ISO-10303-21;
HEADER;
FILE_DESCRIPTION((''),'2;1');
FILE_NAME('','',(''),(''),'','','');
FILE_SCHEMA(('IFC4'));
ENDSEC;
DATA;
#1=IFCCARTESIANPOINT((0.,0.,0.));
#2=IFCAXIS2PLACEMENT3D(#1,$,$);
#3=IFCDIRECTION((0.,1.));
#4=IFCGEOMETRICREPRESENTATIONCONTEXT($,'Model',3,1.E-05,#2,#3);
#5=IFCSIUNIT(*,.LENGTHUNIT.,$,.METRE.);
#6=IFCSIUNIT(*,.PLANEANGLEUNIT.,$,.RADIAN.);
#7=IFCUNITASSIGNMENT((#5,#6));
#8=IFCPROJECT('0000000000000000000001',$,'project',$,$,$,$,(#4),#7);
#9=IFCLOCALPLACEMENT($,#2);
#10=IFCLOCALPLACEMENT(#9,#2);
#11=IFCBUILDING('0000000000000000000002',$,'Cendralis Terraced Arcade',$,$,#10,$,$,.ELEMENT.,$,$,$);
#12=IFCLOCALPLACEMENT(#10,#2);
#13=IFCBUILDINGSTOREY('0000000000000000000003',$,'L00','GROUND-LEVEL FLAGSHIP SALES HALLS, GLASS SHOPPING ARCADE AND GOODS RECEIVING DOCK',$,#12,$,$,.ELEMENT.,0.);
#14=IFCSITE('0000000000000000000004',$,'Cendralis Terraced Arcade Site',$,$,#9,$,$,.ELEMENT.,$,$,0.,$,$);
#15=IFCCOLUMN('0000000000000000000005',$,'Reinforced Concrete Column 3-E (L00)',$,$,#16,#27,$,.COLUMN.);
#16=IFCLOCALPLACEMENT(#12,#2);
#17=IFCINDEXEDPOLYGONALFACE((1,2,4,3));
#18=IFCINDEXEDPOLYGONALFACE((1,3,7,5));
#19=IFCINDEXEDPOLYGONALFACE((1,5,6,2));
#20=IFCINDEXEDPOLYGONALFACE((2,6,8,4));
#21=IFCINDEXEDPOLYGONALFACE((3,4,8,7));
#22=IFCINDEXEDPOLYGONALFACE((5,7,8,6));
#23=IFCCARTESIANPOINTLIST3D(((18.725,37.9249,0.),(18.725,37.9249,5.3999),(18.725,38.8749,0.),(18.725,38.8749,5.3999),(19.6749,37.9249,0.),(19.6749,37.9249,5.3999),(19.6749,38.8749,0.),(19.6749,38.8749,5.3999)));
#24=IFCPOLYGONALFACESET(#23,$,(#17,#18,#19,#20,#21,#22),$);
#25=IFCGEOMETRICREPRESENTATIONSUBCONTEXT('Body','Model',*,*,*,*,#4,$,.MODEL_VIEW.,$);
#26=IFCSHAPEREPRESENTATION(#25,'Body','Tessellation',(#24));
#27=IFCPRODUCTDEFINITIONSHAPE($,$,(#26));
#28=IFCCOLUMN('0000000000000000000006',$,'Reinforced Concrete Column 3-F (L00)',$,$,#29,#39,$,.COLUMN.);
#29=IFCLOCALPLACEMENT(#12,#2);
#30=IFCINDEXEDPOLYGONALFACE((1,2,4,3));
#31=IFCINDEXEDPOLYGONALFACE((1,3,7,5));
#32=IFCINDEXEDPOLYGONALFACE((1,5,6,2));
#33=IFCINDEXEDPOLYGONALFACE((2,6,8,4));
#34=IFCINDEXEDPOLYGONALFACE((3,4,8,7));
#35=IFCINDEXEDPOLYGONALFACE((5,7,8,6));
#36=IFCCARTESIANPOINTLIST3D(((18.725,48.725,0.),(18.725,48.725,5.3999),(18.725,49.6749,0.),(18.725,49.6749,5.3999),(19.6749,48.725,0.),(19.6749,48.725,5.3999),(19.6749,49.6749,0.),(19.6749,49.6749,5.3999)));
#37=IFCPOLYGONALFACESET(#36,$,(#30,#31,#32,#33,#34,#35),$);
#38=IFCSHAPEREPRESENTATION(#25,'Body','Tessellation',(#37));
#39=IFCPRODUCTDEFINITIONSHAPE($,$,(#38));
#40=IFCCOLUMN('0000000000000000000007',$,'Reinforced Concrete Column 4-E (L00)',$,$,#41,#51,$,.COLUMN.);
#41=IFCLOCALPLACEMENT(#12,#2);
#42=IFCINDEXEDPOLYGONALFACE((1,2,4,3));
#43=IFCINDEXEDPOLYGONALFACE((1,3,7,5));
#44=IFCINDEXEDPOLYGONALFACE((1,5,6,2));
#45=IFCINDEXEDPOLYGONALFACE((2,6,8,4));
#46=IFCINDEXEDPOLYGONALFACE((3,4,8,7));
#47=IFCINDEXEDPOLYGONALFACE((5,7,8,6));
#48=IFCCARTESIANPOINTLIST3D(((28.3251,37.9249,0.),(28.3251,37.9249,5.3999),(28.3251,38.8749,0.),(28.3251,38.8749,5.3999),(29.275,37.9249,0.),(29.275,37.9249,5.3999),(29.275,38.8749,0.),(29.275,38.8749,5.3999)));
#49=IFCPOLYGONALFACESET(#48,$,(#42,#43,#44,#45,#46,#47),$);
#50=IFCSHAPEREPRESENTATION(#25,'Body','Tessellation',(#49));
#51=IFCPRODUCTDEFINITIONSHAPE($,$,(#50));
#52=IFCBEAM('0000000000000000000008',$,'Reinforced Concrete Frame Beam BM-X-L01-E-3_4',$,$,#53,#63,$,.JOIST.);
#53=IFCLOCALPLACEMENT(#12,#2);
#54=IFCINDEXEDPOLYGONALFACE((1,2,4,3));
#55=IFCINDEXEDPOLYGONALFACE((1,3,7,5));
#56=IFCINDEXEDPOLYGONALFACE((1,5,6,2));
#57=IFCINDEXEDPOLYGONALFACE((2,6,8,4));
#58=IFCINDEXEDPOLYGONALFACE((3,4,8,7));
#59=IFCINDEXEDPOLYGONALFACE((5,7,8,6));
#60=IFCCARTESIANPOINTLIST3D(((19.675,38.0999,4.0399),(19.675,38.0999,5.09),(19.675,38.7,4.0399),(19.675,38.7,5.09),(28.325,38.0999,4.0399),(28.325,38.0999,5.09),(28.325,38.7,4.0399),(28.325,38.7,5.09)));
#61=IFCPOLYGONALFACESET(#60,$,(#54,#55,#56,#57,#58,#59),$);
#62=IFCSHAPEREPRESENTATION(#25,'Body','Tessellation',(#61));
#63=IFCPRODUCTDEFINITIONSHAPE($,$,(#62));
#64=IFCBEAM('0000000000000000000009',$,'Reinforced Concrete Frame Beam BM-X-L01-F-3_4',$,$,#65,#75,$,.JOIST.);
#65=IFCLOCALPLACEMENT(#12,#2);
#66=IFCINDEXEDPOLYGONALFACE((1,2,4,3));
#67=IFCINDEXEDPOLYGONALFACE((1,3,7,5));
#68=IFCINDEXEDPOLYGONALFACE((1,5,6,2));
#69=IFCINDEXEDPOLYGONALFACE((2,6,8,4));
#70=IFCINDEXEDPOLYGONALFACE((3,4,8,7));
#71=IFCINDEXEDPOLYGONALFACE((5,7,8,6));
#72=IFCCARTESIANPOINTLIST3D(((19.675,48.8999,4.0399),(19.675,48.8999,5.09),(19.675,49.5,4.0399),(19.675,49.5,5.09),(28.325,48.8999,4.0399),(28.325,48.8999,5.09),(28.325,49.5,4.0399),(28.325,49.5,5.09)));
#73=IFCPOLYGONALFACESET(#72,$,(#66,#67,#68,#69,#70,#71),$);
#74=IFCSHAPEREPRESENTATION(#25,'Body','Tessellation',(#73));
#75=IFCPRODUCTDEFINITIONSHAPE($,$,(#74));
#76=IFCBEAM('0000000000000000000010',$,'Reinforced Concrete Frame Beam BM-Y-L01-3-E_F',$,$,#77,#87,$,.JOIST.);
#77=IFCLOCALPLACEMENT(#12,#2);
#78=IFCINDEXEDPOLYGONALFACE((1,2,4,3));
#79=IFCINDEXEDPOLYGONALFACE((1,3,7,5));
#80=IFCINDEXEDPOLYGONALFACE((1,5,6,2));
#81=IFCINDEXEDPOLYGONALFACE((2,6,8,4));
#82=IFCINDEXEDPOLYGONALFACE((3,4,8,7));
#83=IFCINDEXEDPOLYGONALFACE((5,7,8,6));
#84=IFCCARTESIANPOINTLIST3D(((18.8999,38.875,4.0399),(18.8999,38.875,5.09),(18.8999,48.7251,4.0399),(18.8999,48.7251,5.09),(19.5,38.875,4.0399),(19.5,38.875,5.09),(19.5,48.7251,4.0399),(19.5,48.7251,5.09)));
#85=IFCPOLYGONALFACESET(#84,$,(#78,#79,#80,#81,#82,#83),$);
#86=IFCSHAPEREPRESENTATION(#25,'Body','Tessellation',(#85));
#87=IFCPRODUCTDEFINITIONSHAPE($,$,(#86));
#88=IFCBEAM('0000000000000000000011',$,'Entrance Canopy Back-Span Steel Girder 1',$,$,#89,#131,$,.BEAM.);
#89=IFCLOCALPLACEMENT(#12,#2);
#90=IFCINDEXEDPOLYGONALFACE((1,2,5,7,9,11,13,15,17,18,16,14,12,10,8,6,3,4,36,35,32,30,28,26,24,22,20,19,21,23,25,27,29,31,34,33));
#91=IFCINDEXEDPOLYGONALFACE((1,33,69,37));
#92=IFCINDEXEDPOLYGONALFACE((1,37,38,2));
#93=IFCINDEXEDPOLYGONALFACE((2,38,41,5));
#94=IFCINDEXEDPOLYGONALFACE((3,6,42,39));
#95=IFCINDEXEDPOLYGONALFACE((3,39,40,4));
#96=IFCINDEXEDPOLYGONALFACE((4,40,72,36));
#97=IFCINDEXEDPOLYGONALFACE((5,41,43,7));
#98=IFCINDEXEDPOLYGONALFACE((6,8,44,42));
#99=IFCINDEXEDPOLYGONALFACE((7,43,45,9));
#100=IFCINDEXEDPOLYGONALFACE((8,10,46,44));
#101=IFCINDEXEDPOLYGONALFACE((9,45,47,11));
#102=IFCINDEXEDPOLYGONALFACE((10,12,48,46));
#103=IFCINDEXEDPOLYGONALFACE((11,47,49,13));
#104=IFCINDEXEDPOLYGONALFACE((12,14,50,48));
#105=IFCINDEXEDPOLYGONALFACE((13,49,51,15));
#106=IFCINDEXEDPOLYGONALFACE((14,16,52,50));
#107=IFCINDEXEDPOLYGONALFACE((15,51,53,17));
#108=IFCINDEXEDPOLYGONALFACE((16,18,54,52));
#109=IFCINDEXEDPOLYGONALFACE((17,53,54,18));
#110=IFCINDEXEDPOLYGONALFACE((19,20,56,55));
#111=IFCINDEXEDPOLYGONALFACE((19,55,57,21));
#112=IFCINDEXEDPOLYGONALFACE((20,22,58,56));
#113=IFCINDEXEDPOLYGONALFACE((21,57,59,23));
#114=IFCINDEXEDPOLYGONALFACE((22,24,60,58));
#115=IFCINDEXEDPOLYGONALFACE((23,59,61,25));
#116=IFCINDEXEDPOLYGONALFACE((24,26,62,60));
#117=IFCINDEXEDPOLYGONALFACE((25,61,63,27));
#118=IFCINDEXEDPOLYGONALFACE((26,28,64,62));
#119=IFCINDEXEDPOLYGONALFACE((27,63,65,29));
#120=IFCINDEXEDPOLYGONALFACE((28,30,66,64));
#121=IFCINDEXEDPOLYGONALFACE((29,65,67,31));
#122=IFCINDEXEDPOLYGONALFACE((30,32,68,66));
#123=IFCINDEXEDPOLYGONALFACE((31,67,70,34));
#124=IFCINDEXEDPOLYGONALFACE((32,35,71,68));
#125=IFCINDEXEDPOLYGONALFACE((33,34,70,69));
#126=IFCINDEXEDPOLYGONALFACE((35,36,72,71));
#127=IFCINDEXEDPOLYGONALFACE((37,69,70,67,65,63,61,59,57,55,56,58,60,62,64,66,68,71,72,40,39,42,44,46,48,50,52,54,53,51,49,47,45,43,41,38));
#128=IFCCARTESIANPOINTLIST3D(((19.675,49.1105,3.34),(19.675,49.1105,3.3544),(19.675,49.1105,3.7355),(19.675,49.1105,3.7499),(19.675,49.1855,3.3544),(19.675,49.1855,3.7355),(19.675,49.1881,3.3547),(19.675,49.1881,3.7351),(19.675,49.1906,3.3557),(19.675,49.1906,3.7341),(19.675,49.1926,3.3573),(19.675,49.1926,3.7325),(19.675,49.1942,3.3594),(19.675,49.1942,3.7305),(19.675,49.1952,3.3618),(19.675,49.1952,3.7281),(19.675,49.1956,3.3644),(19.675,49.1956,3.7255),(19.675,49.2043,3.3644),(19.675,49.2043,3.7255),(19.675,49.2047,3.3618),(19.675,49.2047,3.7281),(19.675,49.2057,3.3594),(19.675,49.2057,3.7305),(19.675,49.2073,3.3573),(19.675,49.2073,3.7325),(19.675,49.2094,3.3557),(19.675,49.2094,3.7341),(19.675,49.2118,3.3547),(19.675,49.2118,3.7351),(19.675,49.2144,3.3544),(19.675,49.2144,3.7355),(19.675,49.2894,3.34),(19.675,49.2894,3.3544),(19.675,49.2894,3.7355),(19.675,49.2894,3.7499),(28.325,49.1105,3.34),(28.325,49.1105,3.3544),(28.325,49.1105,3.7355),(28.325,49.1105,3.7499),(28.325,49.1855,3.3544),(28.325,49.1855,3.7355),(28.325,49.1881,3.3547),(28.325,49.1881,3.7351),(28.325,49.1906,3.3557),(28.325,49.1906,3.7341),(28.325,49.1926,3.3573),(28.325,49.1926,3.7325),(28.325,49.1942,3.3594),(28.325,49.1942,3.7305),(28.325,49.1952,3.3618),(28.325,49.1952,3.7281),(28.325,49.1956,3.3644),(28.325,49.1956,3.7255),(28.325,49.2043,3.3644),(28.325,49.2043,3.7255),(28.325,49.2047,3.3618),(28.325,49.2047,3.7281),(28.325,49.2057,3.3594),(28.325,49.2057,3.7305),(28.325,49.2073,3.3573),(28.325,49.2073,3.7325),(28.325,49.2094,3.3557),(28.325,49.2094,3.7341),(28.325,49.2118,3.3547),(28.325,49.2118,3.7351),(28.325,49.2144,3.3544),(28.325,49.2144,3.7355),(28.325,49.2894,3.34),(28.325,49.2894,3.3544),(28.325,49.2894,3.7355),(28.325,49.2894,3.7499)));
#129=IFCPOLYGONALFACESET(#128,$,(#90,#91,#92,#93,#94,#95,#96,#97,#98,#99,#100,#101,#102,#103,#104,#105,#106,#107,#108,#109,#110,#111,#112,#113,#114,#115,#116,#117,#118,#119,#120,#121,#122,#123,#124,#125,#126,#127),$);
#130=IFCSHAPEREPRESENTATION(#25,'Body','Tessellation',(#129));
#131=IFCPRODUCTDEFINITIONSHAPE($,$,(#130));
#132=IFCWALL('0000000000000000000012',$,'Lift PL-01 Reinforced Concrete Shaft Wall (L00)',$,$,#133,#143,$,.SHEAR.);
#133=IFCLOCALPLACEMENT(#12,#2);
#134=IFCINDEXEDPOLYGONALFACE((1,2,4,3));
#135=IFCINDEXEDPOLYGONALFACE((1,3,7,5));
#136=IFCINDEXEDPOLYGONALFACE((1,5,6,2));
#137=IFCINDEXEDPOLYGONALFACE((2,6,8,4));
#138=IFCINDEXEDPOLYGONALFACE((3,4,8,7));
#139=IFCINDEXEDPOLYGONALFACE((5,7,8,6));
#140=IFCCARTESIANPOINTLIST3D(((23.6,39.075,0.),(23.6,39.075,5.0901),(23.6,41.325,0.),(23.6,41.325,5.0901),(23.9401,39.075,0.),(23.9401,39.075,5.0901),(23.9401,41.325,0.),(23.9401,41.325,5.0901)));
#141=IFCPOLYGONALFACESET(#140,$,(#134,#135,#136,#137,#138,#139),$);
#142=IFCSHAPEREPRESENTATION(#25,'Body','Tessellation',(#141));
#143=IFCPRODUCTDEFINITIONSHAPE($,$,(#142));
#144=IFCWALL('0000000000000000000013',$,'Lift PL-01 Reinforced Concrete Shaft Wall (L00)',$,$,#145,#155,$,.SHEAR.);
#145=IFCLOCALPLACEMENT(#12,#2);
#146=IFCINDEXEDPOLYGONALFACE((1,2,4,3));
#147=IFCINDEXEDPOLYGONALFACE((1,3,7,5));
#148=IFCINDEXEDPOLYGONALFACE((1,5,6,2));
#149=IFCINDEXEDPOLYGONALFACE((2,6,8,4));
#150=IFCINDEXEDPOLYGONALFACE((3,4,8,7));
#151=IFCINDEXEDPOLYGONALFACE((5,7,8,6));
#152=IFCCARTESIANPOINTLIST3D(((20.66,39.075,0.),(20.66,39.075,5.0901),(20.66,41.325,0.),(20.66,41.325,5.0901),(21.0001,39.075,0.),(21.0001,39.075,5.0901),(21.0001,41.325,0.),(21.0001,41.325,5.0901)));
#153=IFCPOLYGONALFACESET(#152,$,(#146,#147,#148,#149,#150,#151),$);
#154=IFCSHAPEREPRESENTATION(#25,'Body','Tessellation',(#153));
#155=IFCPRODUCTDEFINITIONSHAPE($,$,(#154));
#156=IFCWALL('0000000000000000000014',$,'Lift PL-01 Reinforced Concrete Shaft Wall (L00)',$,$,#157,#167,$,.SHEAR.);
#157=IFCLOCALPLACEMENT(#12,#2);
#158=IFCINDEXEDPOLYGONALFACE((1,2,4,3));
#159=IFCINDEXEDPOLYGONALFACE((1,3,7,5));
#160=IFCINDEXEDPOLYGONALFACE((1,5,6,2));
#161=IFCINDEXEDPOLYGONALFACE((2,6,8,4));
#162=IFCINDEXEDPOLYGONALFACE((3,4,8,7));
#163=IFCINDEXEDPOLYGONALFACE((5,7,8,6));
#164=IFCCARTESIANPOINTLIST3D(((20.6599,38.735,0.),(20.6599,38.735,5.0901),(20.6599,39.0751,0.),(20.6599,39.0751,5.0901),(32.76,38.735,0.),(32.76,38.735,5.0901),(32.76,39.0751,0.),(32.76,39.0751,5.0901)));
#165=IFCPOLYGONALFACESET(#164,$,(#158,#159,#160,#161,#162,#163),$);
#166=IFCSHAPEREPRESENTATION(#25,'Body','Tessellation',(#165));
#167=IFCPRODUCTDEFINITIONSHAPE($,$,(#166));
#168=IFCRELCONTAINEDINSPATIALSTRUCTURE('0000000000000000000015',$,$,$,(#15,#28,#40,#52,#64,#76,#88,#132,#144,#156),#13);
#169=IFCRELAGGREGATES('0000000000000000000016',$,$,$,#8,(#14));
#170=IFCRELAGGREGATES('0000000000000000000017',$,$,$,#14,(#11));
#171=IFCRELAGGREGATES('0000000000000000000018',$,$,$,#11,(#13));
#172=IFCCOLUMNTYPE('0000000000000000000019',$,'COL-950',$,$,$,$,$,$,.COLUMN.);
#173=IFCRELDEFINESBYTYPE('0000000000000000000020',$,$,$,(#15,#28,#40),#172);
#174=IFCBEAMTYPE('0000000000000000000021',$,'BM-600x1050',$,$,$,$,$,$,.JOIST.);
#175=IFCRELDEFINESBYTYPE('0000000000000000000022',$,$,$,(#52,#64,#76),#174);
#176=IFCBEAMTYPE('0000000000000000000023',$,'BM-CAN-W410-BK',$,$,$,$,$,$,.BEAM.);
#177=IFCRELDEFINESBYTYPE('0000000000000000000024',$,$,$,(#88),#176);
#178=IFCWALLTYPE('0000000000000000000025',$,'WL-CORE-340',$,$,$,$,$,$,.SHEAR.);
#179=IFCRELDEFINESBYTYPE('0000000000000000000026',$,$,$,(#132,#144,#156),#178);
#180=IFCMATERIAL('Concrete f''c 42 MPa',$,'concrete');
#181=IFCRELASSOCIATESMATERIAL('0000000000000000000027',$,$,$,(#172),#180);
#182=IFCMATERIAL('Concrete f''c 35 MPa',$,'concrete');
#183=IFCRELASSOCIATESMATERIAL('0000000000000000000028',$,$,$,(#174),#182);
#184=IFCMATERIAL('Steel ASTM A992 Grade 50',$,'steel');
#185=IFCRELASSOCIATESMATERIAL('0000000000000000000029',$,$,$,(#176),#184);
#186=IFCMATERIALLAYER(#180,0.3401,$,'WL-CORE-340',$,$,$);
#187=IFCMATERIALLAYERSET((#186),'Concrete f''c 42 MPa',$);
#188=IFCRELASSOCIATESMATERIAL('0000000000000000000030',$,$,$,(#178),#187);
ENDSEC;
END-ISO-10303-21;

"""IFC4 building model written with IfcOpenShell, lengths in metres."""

from ifc_helpers import new_model, si_unit, direction, frame, frame_2d, origin, origin_2d, place, context, subcontext, project, spatial, rectangle, i_section, extrude, material, layer, layer_set, material_profile, profile_set, type_object, element, save


model = new_model("IFC4")

# Units and contexts
model_context = context("Model", 3, precision=1e-05, world=origin(), true_north=direction((0.0, 1.0)))
body_context = subcontext(model_context, "Body", "Model", "MODEL_VIEW")
ifc_project = project(units=[si_unit("LENGTHUNIT", "METRE"), si_unit("PLANEANGLEUNIT", "RADIAN")], contexts=[model_context])

# Site, building, storey
site_placement = place(None, origin())
site = spatial("IfcSite", under=ifc_project, at=site_placement, Name="Cendralis Terraced Arcade Site", CompositionType="ELEMENT", RefElevation=0.0)
building_placement = place(site_placement, origin())
building = spatial("IfcBuilding", under=site, at=building_placement, Name="Cendralis Terraced Arcade", CompositionType="ELEMENT")
storey_placement = place(building_placement, origin())
storey = spatial("IfcBuildingStorey", under=building, at=storey_placement, Name="L00", Description="GROUND-LEVEL FLAGSHIP SALES HALLS, GLASS SHOPPING ARCADE AND GOODS RECEIVING DOCK", CompositionType="ELEMENT", Elevation=0.0)

# Columns
ifc_material_1 = material(Name="Concrete f'c 42 MPa", Category="concrete")
ifc_material_profile_1 = material_profile(ifc_material_1, rectangle(XDim=0.95, YDim=0.95, at=origin_2d()), Name="RC-COL-950x950", Category="LoadBearing")
ifc_profile_set_1 = profile_set([ifc_material_profile_1], Name="Concrete f'c 42 MPa")
column_type = type_object("IfcColumnType", Name="COL-950", PredefinedType="COLUMN", material=ifc_profile_set_1)
for number, where, z_axis, x_axis, name in (
    (1, (19.2, 38.3999, 0.0), (0.0, 0.0, 1.0), (1.0, 0.0, 0.0), "Reinforced Concrete Column 3-E (L00)"),
    (2, (19.2, 49.2, 0.0), (0.0, 0.0, 1.0), (1.0, 0.0, 0.0), "Reinforced Concrete Column 3-F (L00)"),
    (3, (28.8, 38.3999, 0.0), (0.0, 0.0, 1.0), (1.0, 0.0, 0.0), "Reinforced Concrete Column 4-E (L00)"),
):
    element("IfcColumn", number, at=place(storey_placement, frame(where, z_axis=z_axis, x_axis=x_axis)), inside=storey, type_object=column_type, Name=name, PredefinedType="COLUMN", context=body_context, shape_type="SweptSolid", body=[
        extrude(rectangle(XDim=0.95, YDim=0.95, at=origin_2d()), origin(), (0.0, 0.0, 1.0), 5.3999),
    ])

# Beams
ifc_material_2 = material(Name="Concrete f'c 35 MPa", Category="concrete")
ifc_material_profile_2 = material_profile(ifc_material_2, rectangle(XDim=0.6001, YDim=1.05, at=origin_2d()), Name="RC-BM-600x1050", Category="LoadBearing")
ifc_profile_set_2 = profile_set([ifc_material_profile_2], Name="Concrete f'c 35 MPa")
beam_type_1 = type_object("IfcBeamType", Name="BM-600x1050", PredefinedType="JOIST", material=ifc_profile_set_2)
for number, where, z_axis, x_axis, name in (
    (4, (19.675, 38.3999, 4.5649), (1.0, 0.0, 0.0), (0.0, 1.0, 0.0), "Reinforced Concrete Frame Beam BM-X-L01-E-3_4"),
    (5, (19.675, 49.2, 4.5649), (1.0, 0.0, 0.0), (0.0, 1.0, 0.0), "Reinforced Concrete Frame Beam BM-X-L01-F-3_4"),
):
    element("IfcBeam", number, at=place(storey_placement, frame(where, z_axis=z_axis, x_axis=x_axis)), inside=storey, type_object=beam_type_1, Name=name, PredefinedType="JOIST", context=body_context, shape_type="SweptSolid", body=[
        extrude(rectangle(XDim=0.6001, YDim=1.05, at=origin_2d()), origin(), (0.0, 0.0, 1.0), 8.6499),
    ])
beam_1_placement = place(storey_placement, frame((19.2, 38.875, 4.5649), z_axis=(0.0, 1.0, 0.0), x_axis=(-1.0, 0.0, 0.0)))
element("IfcBeam", 6, at=beam_1_placement, inside=storey, type_object=beam_type_1, Name="Reinforced Concrete Frame Beam BM-Y-L01-3-E_F", PredefinedType="JOIST", context=body_context, shape_type="SweptSolid", body=[
    extrude(rectangle(XDim=0.6001, YDim=1.05, at=origin_2d()), origin(), (0.0, 0.0, 1.0), 9.8501),
])
ifc_material_3 = material(Name="Steel ASTM A992 Grade 50", Category="steel")
ifc_material_profile_3 = material_profile(ifc_material_3, i_section(OverallWidth=0.179, OverallDepth=0.4099, WebThickness=0.0088, FlangeThickness=0.0144, FilletRadius=0.01, at=origin_2d()), Name="W410X67", Category="LoadBearing")
ifc_profile_set_3 = profile_set([ifc_material_profile_3], Name="Steel ASTM A992 Grade 50")
beam_type_2 = type_object("IfcBeamType", Name="BM-CAN-W410-BK", PredefinedType="BEAM", material=ifc_profile_set_3)
beam_2_placement = place(storey_placement, frame((28.325, 49.2, 3.5449), z_axis=(-1.0, 0.0, 0.0), x_axis=(0.0, -1.0, 0.0)))
element("IfcBeam", 7, at=beam_2_placement, inside=storey, type_object=beam_type_2, Name="Entrance Canopy Back-Span Steel Girder 1", PredefinedType="BEAM", context=body_context, shape_type="SweptSolid", body=[
    extrude(i_section(OverallWidth=0.179, OverallDepth=0.4099, WebThickness=0.0088, FlangeThickness=0.0144, FilletRadius=0.01, at=origin_2d()), origin(), (0.0, 0.0, 1.0), 8.6499),
])

# Walls
ifc_layer_1 = layer(ifc_material_1, 0.3401, Name="WL-CORE-340")
ifc_layer_set_1 = layer_set([ifc_layer_1], Name="Concrete f'c 42 MPa")
wall_type_1 = type_object("IfcWallType", Name="WL-CORE-340", PredefinedType="SHEAR", material=ifc_layer_set_1)
for number, where, z_axis, x_axis, name in (
    (8, (23.77, 39.075, 0.0), (0.0, 0.0, 1.0), (0.0, 1.0, 0.0), "Lift PL-01 Reinforced Concrete Shaft Wall (L00)"),
    (9, (20.8301, 39.075, 0.0), (0.0, 0.0, 1.0), (0.0, 1.0, 0.0), "Lift PL-01 Reinforced Concrete Shaft Wall (L00)"),
):
    element("IfcWall", number, at=place(storey_placement, frame(where, z_axis=z_axis, x_axis=x_axis)), inside=storey, type_object=wall_type_1, Name=name, PredefinedType="SHEAR", context=body_context, shape_type="SweptSolid", body=[
        extrude(rectangle(XDim=2.25, YDim=0.3401, at=frame_2d((1.125, 0.0))), origin(), (0.0, 0.0, 1.0), 5.0901),
    ])
wall_1_placement = place(storey_placement, frame((20.6599, 38.905, 0.0), z_axis=(0.0, 0.0, 1.0), x_axis=(1.0, 0.0, 0.0)))
element("IfcWall", 10, at=wall_1_placement, inside=storey, type_object=wall_type_1, Name="Lift PL-01 Reinforced Concrete Shaft Wall (L00)", PredefinedType="SHEAR", context=body_context, shape_type="SweptSolid", body=[
    extrude(rectangle(XDim=12.1001, YDim=0.3401, at=frame_2d((6.05, 0.0))), origin(), (0.0, 0.0, 1.0), 5.0901),
])

save(model, "model.ifc")
